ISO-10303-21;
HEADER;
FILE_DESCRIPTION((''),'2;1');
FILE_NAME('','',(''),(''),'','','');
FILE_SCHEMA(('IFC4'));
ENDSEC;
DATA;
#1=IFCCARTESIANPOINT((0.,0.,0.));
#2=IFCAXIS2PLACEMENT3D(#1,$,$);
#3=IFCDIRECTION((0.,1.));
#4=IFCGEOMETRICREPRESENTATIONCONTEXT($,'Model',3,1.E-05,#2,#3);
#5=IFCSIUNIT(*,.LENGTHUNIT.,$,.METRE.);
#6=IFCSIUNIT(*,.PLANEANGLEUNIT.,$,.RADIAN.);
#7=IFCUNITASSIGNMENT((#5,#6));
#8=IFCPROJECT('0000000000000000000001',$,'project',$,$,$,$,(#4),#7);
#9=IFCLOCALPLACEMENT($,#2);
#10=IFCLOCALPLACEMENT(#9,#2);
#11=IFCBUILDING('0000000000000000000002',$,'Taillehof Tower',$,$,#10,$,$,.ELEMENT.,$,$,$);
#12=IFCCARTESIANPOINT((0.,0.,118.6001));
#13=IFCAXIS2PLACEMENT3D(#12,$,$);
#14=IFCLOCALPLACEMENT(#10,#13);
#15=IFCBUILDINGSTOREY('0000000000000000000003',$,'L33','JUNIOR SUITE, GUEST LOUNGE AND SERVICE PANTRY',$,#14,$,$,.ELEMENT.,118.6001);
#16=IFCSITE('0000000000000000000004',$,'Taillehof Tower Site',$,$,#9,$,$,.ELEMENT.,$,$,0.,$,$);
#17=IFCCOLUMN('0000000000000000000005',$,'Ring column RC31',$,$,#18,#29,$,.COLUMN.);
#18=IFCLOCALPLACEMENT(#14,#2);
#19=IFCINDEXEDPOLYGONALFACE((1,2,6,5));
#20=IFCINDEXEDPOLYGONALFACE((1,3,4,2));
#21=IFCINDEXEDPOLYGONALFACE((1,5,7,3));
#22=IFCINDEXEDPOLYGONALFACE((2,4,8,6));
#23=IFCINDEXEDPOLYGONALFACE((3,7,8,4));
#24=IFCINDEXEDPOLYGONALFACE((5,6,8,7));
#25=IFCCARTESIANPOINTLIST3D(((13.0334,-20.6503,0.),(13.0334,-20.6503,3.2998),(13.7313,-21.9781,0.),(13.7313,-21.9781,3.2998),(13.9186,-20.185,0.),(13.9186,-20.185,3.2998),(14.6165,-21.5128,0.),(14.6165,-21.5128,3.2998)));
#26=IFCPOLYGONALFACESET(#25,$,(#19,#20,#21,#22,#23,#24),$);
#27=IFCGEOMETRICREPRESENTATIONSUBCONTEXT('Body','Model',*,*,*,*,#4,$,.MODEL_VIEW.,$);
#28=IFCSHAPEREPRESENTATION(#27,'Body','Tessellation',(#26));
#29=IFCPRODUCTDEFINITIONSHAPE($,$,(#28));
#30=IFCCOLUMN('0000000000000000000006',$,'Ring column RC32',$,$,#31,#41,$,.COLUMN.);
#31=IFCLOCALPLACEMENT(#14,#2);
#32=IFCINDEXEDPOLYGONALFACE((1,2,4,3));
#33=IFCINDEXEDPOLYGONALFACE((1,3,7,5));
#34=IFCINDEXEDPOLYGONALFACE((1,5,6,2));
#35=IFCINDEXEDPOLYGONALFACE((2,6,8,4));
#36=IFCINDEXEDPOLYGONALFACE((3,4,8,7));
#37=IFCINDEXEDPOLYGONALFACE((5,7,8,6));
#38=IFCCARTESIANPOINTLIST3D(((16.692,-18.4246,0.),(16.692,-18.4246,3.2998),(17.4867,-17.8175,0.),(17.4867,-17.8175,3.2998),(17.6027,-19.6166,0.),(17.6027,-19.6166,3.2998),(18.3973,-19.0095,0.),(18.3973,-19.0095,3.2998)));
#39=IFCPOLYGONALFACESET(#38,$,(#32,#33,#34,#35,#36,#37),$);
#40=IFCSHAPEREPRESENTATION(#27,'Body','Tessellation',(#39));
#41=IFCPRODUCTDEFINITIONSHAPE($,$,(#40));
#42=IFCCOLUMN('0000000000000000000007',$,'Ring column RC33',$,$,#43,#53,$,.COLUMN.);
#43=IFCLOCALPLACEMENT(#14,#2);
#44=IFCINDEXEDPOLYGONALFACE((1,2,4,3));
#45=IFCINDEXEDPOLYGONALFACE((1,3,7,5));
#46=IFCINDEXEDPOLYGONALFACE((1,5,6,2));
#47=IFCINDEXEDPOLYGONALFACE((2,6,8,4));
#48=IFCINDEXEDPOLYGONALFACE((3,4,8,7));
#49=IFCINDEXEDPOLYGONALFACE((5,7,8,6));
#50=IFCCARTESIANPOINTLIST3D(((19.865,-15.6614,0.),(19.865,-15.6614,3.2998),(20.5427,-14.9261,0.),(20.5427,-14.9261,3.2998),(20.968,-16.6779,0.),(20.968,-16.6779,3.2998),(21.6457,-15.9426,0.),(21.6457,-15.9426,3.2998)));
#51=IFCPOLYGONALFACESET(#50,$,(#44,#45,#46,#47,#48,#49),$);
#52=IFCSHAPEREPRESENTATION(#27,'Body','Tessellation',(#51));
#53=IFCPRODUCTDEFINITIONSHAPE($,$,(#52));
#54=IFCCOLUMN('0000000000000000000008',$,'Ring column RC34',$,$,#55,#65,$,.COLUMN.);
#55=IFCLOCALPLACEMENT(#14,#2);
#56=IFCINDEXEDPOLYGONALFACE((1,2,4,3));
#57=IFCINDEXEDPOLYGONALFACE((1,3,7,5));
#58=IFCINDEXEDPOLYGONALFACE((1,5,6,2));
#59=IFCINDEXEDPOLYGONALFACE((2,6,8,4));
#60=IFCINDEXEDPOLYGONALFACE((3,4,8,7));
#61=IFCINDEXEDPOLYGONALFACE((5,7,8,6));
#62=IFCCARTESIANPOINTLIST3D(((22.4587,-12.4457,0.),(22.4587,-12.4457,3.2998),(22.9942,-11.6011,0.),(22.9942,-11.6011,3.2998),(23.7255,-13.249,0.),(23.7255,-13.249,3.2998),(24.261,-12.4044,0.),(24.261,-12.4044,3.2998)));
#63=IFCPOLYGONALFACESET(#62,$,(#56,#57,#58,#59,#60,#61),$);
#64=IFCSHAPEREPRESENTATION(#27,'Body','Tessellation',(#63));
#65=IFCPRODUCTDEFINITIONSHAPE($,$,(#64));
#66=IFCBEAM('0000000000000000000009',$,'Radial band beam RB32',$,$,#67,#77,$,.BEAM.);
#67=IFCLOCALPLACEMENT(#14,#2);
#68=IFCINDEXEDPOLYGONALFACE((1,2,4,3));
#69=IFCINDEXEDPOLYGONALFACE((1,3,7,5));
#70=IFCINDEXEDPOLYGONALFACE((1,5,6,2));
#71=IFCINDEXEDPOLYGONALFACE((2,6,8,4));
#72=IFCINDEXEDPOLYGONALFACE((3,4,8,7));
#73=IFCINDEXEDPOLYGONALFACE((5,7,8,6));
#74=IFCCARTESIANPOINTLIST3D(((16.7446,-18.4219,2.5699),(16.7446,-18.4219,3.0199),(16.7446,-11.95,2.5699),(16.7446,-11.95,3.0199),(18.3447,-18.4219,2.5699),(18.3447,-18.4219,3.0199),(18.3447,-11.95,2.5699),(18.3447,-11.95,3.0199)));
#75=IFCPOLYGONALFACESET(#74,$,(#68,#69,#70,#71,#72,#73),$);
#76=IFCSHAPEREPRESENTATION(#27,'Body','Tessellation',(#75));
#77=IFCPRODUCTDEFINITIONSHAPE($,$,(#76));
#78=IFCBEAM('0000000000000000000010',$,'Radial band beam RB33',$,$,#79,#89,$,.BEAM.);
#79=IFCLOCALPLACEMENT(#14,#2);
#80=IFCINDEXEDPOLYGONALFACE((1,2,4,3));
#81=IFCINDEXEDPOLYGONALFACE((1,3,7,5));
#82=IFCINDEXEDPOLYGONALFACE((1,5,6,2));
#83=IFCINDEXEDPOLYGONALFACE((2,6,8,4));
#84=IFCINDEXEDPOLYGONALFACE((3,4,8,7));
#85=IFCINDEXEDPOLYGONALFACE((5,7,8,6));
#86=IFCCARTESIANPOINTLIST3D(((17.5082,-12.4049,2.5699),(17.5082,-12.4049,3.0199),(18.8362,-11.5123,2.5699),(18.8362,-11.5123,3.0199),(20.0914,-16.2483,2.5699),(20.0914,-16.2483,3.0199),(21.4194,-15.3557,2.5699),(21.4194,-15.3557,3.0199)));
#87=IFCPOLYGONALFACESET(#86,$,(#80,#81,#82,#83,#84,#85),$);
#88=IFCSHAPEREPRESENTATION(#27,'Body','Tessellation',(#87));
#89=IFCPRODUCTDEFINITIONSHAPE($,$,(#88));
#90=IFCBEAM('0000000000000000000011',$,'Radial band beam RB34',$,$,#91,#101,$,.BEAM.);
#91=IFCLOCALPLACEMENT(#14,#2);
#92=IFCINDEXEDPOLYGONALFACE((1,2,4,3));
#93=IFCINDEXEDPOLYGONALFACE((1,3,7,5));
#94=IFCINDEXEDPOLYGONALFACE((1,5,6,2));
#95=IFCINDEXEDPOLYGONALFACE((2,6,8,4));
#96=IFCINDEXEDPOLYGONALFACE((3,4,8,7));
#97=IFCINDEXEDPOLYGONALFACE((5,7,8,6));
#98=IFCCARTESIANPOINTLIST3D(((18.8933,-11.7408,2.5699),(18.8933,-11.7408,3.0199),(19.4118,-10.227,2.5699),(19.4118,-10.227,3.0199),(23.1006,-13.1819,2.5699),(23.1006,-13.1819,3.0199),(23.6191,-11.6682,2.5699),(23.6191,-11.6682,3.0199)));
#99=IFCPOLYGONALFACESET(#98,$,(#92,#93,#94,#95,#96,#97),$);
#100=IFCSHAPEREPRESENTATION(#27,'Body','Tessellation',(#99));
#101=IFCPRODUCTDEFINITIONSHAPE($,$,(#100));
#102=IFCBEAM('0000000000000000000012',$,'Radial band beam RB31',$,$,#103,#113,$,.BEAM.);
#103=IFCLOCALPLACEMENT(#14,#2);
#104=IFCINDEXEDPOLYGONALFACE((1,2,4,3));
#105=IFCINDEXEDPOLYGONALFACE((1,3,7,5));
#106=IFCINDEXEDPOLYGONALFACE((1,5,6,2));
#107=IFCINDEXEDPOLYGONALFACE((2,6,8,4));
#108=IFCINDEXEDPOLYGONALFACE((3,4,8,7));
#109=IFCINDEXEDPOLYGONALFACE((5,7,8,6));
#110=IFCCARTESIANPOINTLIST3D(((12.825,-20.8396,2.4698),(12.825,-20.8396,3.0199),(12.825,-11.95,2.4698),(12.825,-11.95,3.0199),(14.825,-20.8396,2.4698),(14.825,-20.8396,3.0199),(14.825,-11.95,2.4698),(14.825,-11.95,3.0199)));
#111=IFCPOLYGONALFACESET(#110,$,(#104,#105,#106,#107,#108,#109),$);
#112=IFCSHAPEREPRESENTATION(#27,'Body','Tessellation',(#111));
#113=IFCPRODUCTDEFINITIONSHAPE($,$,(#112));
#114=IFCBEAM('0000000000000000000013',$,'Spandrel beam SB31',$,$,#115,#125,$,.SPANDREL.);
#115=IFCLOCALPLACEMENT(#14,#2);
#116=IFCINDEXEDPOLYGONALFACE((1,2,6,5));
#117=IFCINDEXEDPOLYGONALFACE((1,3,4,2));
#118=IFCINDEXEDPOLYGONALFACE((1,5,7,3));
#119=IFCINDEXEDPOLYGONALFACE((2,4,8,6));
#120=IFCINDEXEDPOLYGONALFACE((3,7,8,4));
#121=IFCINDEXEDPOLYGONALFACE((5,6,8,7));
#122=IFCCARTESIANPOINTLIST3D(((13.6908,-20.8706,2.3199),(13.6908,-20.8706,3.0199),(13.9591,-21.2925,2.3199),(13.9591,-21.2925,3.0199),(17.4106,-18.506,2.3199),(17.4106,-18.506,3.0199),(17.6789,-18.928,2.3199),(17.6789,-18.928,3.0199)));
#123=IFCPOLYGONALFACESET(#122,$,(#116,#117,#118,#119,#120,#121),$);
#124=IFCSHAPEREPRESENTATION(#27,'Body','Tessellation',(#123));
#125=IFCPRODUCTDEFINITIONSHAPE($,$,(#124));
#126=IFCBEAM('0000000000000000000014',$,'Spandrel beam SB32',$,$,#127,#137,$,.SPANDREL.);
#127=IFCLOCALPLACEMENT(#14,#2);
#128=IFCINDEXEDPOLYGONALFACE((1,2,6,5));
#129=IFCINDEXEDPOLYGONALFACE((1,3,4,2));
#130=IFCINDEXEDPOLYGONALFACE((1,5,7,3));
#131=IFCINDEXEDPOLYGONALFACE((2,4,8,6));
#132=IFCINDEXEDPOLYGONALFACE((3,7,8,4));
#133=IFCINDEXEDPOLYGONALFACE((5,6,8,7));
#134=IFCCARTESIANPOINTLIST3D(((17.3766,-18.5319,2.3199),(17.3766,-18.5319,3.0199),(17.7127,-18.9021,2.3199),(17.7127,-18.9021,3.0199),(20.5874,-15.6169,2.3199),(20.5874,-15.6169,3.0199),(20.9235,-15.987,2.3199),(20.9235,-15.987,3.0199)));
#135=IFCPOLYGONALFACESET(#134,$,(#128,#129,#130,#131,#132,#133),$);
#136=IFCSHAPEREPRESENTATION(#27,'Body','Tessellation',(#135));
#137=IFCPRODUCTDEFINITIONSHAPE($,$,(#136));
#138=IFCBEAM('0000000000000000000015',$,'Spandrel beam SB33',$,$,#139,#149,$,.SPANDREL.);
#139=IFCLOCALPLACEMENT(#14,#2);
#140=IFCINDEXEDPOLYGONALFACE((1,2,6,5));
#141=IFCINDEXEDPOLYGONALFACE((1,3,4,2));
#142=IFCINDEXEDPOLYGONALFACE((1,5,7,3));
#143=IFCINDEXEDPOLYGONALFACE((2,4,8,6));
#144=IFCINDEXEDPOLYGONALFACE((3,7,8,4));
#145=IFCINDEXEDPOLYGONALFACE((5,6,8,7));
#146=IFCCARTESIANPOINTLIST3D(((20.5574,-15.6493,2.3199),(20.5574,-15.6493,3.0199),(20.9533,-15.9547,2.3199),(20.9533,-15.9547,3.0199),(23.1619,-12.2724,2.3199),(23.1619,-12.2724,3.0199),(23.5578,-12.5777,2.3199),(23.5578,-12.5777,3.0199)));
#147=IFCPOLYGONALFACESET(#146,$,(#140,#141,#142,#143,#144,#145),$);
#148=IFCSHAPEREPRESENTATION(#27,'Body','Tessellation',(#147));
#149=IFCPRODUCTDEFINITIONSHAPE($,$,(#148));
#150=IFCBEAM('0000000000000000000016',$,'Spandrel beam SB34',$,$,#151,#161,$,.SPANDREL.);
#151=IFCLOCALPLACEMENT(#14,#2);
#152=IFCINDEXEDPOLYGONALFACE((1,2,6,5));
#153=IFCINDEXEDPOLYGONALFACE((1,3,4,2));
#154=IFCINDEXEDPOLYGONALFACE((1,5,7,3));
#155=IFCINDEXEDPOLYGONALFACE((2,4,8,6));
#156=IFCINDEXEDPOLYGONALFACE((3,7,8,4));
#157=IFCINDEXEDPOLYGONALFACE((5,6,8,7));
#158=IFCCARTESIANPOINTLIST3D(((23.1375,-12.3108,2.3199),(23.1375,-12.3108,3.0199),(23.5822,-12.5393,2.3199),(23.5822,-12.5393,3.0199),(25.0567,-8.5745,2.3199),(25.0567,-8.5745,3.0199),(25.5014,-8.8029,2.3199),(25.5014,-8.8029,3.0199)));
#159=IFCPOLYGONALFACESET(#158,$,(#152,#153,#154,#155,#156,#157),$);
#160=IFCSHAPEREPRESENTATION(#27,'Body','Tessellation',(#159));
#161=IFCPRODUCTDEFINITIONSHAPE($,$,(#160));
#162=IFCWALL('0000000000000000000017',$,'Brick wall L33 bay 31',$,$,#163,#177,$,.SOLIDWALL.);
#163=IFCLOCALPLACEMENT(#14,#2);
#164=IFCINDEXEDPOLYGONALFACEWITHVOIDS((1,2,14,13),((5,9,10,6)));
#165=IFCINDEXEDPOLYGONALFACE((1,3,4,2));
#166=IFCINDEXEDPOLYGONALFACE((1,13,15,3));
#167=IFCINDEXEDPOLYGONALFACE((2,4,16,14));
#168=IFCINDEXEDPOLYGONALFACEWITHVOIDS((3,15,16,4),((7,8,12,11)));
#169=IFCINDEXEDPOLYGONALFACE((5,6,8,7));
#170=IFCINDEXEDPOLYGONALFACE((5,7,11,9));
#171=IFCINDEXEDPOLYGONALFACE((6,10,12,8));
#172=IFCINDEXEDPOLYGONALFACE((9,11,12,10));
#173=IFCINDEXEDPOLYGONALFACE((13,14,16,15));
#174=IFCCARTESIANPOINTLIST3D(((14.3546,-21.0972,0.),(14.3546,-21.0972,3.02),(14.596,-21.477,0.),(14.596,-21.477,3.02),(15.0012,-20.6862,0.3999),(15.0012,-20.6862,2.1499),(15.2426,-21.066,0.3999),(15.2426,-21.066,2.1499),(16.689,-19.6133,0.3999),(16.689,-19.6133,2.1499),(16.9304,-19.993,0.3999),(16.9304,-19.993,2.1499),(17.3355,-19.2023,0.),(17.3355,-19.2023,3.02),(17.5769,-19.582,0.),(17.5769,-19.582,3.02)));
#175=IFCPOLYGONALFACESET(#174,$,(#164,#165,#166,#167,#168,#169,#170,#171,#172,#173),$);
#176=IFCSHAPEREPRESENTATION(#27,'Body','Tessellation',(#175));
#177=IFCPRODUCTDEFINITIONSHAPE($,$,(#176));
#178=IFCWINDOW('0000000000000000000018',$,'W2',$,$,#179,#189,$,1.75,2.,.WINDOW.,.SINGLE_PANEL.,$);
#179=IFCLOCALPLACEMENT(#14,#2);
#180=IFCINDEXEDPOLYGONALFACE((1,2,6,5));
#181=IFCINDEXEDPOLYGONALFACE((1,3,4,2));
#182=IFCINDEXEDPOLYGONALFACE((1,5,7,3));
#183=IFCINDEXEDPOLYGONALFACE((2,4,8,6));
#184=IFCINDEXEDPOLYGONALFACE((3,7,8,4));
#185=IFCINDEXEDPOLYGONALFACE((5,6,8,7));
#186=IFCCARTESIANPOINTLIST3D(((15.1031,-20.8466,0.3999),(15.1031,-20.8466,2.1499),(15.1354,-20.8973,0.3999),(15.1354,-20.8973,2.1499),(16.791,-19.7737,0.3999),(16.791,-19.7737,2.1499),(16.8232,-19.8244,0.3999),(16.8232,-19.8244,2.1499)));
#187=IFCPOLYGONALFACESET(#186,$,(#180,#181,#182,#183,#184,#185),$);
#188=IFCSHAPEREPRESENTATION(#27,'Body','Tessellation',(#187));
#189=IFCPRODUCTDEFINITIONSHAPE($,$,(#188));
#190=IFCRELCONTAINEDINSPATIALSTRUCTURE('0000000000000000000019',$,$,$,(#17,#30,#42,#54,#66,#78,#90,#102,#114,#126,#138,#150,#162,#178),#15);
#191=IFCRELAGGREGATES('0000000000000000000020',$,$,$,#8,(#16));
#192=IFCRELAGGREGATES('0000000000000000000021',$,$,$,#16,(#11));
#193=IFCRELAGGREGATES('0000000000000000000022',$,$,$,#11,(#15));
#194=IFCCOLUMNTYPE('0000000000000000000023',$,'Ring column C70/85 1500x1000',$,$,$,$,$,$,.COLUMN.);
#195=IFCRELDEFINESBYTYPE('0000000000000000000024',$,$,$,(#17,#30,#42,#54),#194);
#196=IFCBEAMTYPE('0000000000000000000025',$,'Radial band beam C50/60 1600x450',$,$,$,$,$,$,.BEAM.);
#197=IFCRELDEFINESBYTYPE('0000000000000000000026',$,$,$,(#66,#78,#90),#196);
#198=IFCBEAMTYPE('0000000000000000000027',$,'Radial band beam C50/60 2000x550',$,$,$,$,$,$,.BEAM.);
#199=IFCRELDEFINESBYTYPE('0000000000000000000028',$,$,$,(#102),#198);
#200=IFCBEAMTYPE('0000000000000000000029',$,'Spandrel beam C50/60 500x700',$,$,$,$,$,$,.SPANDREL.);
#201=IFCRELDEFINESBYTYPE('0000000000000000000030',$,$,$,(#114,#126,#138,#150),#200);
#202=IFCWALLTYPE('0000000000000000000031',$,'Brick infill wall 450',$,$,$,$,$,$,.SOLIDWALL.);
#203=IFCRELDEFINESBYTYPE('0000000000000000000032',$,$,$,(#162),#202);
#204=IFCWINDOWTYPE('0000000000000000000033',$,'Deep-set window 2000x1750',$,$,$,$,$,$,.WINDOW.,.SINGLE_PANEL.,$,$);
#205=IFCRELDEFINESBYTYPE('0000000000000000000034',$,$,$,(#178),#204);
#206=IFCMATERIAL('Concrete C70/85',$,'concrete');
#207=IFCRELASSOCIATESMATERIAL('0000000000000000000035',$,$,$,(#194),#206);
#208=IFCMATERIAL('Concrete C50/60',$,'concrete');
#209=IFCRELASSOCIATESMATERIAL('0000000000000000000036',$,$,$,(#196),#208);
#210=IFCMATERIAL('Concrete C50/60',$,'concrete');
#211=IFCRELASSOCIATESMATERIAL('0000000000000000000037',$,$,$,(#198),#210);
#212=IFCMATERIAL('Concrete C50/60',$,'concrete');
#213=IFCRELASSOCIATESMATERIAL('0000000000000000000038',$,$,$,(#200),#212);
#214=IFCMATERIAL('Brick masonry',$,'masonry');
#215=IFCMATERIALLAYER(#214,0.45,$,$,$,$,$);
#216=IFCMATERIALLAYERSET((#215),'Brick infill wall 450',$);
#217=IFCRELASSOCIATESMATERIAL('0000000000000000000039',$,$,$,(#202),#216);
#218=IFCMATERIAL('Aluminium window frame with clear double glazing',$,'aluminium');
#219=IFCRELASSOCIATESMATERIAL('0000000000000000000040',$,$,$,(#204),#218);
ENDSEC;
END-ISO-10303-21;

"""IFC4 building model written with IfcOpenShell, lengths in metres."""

from ifc_helpers import new_model, si_unit, direction, frame, frame_2d, origin, origin_2d, place, context, subcontext, project, spatial, rectangle, extrude, material, layer, layer_set, material_profile, profile_set, type_object, element, fill, save


model = new_model("IFC4")

# Units and contexts
model_context = context("Model", 3, precision=1e-05, world=origin(), true_north=direction((0.0, 1.0)))
body_context = subcontext(model_context, "Body", "Model", "MODEL_VIEW")
ifc_project = project(units=[si_unit("LENGTHUNIT", "METRE"), si_unit("PLANEANGLEUNIT", "RADIAN")], contexts=[model_context])

# Site, building, storey
site_placement = place(None, origin())
site = spatial("IfcSite", under=ifc_project, at=site_placement, Name="Taillehof Tower Site", CompositionType="ELEMENT", RefElevation=0.0)
building_placement = place(site_placement, origin())
building = spatial("IfcBuilding", under=site, at=building_placement, Name="Taillehof Tower", CompositionType="ELEMENT")
storey_placement = place(building_placement, frame((0.0, 0.0, 118.6001)))
storey = spatial("IfcBuildingStorey", under=building, at=storey_placement, Name="L33", Description="JUNIOR SUITE, GUEST LOUNGE AND SERVICE PANTRY", CompositionType="ELEMENT", Elevation=118.6001)

# Columns
ifc_material_1 = material(Name="Concrete C70/85", Category="concrete")
ifc_material_profile_1 = material_profile(ifc_material_1, rectangle(XDim=1.5, YDim=1.0, at=origin_2d()), Name="RC 1500x1000")
ifc_profile_set_1 = profile_set([ifc_material_profile_1], Name="Concrete C70/85")
column_type = type_object("IfcColumnType", Name="Ring column C70/85 1500x1000", PredefinedType="COLUMN", material=ifc_profile_set_1)
for number, where, z_axis, x_axis, name in (
    (1, (13.825, -21.0815, 0.0), (0.0, 0.0, 1.0), (0.465283, -0.885162, 0.0), "Ring column RC31"),
    (2, (17.5447, -18.717, 0.0), (0.0, 0.0, 1.0), (0.607074, -0.794645, 0.0), "Ring column RC32"),
    (3, (20.7554, -15.802, 0.0), (0.0, 0.0, 1.0), (0.735332, -0.677707, 0.0), "Ring column RC33"),
    (4, (23.3599, -12.425, 0.0), (0.0, 0.0, 1.0), (0.844511, -0.535537, 0.0), "Ring column RC34"),
):
    element("IfcColumn", number, at=place(storey_placement, frame(where, z_axis=z_axis, x_axis=x_axis)), inside=storey, type_object=column_type, Name=name, PredefinedType="COLUMN", context=body_context, shape_type="SweptSolid", body=[
        extrude(rectangle(XDim=1.5, YDim=1.0, at=origin_2d()), origin(), (0.0, 0.0, 1.0), 3.2998),
    ])

# Beams
ifc_material_2 = material(Name="Concrete C50/60", Category="concrete")
ifc_material_profile_2 = material_profile(ifc_material_2, rectangle(XDim=1.6001, YDim=0.45, at=origin_2d()), Name="RC 1600x450")
ifc_profile_set_2 = profile_set([ifc_material_profile_2], Name="Concrete C50/60")
beam_type_1 = type_object("IfcBeamType", Name="Radial band beam C50/60 1600x450", PredefinedType="BEAM", material=ifc_profile_set_2)
beam_1_placement = place(storey_placement, frame((17.5447, -18.4219, 2.7949), z_axis=(0.0, 1.0, 0.0), x_axis=(-1.0, 0.0, 0.0)))
element("IfcBeam", 5, at=beam_1_placement, inside=storey, type_object=beam_type_1, Name="Radial band beam RB32", PredefinedType="BEAM", context=body_context, shape_type="SweptSolid", body=[
    extrude(rectangle(XDim=1.6001, YDim=0.45, at=origin_2d()), origin(), (0.0, 0.0, 1.0), 6.4719),
])
beam_2_placement = place(storey_placement, frame((20.7554, -15.802, 2.7949), z_axis=(-0.557823, 0.82996, 0.0), x_axis=(-0.82996, -0.557823, 0.0)))
element("IfcBeam", 6, at=beam_2_placement, inside=storey, type_object=beam_type_1, Name="Radial band beam RB33", PredefinedType="BEAM", context=body_context, shape_type="SweptSolid", body=[
    extrude(rectangle(XDim=1.6001, YDim=0.45, at=origin_2d()), origin(), (0.0, 0.0, 1.0), 4.6309),
])
beam_3_placement = place(storey_placement, frame((23.3599, -12.425, 2.7949), z_axis=(-0.946038, 0.324056, 0.0), x_axis=(-0.324056, -0.946038, 0.0)))
element("IfcBeam", 7, at=beam_3_placement, inside=storey, type_object=beam_type_1, Name="Radial band beam RB34", PredefinedType="BEAM", context=body_context, shape_type="SweptSolid", body=[
    extrude(rectangle(XDim=1.6001, YDim=0.45, at=origin_2d()), origin(), (0.0, 0.0, 1.0), 4.4473),
])
ifc_material_3 = material(Name="Concrete C50/60", Category="concrete")
ifc_material_profile_3 = material_profile(ifc_material_3, rectangle(XDim=2.0, YDim=0.55, at=origin_2d()), Name="RC 2000x550")
ifc_profile_set_3 = profile_set([ifc_material_profile_3], Name="Concrete C50/60")
beam_type_2 = type_object("IfcBeamType", Name="Radial band beam C50/60 2000x550", PredefinedType="BEAM", material=ifc_profile_set_3)
beam_4_placement = place(storey_placement, frame((13.825, -20.8396, 2.7449), z_axis=(0.0, 1.0, 0.0), x_axis=(-1.0, 0.0, 0.0)))
element("IfcBeam", 8, at=beam_4_placement, inside=storey, type_object=beam_type_2, Name="Radial band beam RB31", PredefinedType="BEAM", context=body_context, shape_type="SweptSolid", body=[
    extrude(rectangle(XDim=2.0, YDim=0.55, at=origin_2d()), origin(), (0.0, 0.0, 1.0), 8.8896),
])
ifc_material_4 = material(Name="Concrete C50/60", Category="concrete")
ifc_material_profile_4 = material_profile(ifc_material_4, rectangle(XDim=0.5, YDim=0.7, at=origin_2d()), Name="RC 500x700")
ifc_profile_set_4 = profile_set([ifc_material_profile_4], Name="Concrete C50/60")
beam_type_3 = type_object("IfcBeamType", Name="Spandrel beam C50/60 500x700", PredefinedType="SPANDREL", material=ifc_profile_set_4)
beam_5_placement = place(storey_placement, frame((13.825, -21.0815, 2.6699), z_axis=(0.843928, 0.536456, 0.0), x_axis=(-0.536456, 0.843928, 0.0)))
element("IfcBeam", 9, at=beam_5_placement, inside=storey, type_object=beam_type_3, Name="Spandrel beam SB31", PredefinedType="SPANDREL", context=body_context, shape_type="SweptSolid", body=[
    extrude(rectangle(XDim=0.5, YDim=0.7, at=origin_2d()), origin(), (0.0, 0.0, 1.0), 4.4077),
])
beam_6_placement = place(storey_placement, frame((17.5447, -18.717, 2.6699), z_axis=(0.740373, 0.672196, 0.0), x_axis=(-0.672196, 0.740373, 0.0)))
element("IfcBeam", 10, at=beam_6_placement, inside=storey, type_object=beam_type_3, Name="Spandrel beam SB32", PredefinedType="SPANDREL", context=body_context, shape_type="SweptSolid", body=[
    extrude(rectangle(XDim=0.5, YDim=0.7, at=origin_2d()), origin(), (0.0, 0.0, 1.0), 4.3367),
])
beam_7_placement = place(storey_placement, frame((20.7554, -15.802, 2.6699), z_axis=(0.610717, 0.791849, 0.0), x_axis=(-0.791849, 0.610717, 0.0)))
element("IfcBeam", 11, at=beam_7_placement, inside=storey, type_object=beam_type_3, Name="Spandrel beam SB33", PredefinedType="SPANDREL", context=body_context, shape_type="SweptSolid", body=[
    extrude(rectangle(XDim=0.5, YDim=0.7, at=origin_2d()), origin(), (0.0, 0.0, 1.0), 4.2646),
])
beam_8_placement = place(storey_placement, frame((23.3599, -12.425, 2.6699), z_axis=(0.456905, 0.889515, 0.0), x_axis=(-0.889515, 0.456905, 0.0)))
element("IfcBeam", 12, at=beam_8_placement, inside=storey, type_object=beam_type_3, Name="Spandrel beam SB34", PredefinedType="SPANDREL", context=body_context, shape_type="SweptSolid", body=[
    extrude(rectangle(XDim=0.5, YDim=0.7, at=origin_2d()), origin(), (0.0, 0.0, 1.0), 4.2004),
])

# Wall, opening, window
ifc_material_5 = material(Name="Brick masonry", Category="masonry")
ifc_layer_1 = layer(ifc_material_5, 0.45)
ifc_layer_set_1 = layer_set([ifc_layer_1], Name="Brick infill wall 450")
wall_type_1 = type_object("IfcWallType", Name="Brick infill wall 450", PredefinedType="SOLIDWALL", material=ifc_layer_set_1)
wall_1_placement = place(storey_placement, frame((14.4753, -21.2871, 0.0), z_axis=(0.0, 0.0, 1.0), x_axis=(0.843912, 0.536482, 0.0)))
wall_1 = element("IfcWall", 13, at=wall_1_placement, inside=storey, type_object=wall_type_1, Name="Brick wall L33 bay 31", PredefinedType="SOLIDWALL", context=body_context, shape_type="SweptSolid", body=[
    extrude(rectangle(XDim=3.5322, YDim=0.45, at=frame_2d((1.7661, 0.0))), origin(), (0.0, 0.0, 1.0), 3.02),
])
opening_1_placement = place(wall_1_placement, frame((0.7661, 0.0, 0.3999)))
opening_1 = element("IfcOpeningElement", 14, at=opening_1_placement, cuts=wall_1, PredefinedType="OPENING", context=body_context, shape_type="SweptSolid", body=[
    extrude(rectangle(XDim=2.0, YDim=1.75, at=frame_2d((1.0, 0.875))), frame((0.0, 0.2349, 0.0), z_axis=(0.0, -1.0, 0.0), x_axis=(1.0, 0.0, 0.0)), (0.0, 0.0, 1.0), 0.47),
])
ifc_material_6 = material(Name="Aluminium window frame with clear double glazing", Category="aluminium")
window_type_1 = type_object("IfcWindowType", Name="Deep-set window 2000x1750", PartitioningType="SINGLE_PANEL", PredefinedType="WINDOW", material=ifc_material_6)
window_1_placement = place(opening_1_placement, origin())
window_1 = element("IfcWindow", 15, at=window_1_placement, inside=storey, type_object=window_type_1, Name="W2", OverallHeight=1.75, OverallWidth=2.0, PartitioningType="SINGLE_PANEL", PredefinedType="WINDOW", context=body_context, shape_type="SweptSolid", body=[
    extrude(rectangle(XDim=2.0, YDim=1.75, at=frame_2d((1.0, 0.875))), frame((0.0, 0.0349, 0.0), z_axis=(0.0, -1.0, 0.0), x_axis=(1.0, 0.0, 0.0)), (0.0, 0.0, 1.0), 0.0601),
])
fill(opening_1, window_1)

save(model, "model.ifc")
